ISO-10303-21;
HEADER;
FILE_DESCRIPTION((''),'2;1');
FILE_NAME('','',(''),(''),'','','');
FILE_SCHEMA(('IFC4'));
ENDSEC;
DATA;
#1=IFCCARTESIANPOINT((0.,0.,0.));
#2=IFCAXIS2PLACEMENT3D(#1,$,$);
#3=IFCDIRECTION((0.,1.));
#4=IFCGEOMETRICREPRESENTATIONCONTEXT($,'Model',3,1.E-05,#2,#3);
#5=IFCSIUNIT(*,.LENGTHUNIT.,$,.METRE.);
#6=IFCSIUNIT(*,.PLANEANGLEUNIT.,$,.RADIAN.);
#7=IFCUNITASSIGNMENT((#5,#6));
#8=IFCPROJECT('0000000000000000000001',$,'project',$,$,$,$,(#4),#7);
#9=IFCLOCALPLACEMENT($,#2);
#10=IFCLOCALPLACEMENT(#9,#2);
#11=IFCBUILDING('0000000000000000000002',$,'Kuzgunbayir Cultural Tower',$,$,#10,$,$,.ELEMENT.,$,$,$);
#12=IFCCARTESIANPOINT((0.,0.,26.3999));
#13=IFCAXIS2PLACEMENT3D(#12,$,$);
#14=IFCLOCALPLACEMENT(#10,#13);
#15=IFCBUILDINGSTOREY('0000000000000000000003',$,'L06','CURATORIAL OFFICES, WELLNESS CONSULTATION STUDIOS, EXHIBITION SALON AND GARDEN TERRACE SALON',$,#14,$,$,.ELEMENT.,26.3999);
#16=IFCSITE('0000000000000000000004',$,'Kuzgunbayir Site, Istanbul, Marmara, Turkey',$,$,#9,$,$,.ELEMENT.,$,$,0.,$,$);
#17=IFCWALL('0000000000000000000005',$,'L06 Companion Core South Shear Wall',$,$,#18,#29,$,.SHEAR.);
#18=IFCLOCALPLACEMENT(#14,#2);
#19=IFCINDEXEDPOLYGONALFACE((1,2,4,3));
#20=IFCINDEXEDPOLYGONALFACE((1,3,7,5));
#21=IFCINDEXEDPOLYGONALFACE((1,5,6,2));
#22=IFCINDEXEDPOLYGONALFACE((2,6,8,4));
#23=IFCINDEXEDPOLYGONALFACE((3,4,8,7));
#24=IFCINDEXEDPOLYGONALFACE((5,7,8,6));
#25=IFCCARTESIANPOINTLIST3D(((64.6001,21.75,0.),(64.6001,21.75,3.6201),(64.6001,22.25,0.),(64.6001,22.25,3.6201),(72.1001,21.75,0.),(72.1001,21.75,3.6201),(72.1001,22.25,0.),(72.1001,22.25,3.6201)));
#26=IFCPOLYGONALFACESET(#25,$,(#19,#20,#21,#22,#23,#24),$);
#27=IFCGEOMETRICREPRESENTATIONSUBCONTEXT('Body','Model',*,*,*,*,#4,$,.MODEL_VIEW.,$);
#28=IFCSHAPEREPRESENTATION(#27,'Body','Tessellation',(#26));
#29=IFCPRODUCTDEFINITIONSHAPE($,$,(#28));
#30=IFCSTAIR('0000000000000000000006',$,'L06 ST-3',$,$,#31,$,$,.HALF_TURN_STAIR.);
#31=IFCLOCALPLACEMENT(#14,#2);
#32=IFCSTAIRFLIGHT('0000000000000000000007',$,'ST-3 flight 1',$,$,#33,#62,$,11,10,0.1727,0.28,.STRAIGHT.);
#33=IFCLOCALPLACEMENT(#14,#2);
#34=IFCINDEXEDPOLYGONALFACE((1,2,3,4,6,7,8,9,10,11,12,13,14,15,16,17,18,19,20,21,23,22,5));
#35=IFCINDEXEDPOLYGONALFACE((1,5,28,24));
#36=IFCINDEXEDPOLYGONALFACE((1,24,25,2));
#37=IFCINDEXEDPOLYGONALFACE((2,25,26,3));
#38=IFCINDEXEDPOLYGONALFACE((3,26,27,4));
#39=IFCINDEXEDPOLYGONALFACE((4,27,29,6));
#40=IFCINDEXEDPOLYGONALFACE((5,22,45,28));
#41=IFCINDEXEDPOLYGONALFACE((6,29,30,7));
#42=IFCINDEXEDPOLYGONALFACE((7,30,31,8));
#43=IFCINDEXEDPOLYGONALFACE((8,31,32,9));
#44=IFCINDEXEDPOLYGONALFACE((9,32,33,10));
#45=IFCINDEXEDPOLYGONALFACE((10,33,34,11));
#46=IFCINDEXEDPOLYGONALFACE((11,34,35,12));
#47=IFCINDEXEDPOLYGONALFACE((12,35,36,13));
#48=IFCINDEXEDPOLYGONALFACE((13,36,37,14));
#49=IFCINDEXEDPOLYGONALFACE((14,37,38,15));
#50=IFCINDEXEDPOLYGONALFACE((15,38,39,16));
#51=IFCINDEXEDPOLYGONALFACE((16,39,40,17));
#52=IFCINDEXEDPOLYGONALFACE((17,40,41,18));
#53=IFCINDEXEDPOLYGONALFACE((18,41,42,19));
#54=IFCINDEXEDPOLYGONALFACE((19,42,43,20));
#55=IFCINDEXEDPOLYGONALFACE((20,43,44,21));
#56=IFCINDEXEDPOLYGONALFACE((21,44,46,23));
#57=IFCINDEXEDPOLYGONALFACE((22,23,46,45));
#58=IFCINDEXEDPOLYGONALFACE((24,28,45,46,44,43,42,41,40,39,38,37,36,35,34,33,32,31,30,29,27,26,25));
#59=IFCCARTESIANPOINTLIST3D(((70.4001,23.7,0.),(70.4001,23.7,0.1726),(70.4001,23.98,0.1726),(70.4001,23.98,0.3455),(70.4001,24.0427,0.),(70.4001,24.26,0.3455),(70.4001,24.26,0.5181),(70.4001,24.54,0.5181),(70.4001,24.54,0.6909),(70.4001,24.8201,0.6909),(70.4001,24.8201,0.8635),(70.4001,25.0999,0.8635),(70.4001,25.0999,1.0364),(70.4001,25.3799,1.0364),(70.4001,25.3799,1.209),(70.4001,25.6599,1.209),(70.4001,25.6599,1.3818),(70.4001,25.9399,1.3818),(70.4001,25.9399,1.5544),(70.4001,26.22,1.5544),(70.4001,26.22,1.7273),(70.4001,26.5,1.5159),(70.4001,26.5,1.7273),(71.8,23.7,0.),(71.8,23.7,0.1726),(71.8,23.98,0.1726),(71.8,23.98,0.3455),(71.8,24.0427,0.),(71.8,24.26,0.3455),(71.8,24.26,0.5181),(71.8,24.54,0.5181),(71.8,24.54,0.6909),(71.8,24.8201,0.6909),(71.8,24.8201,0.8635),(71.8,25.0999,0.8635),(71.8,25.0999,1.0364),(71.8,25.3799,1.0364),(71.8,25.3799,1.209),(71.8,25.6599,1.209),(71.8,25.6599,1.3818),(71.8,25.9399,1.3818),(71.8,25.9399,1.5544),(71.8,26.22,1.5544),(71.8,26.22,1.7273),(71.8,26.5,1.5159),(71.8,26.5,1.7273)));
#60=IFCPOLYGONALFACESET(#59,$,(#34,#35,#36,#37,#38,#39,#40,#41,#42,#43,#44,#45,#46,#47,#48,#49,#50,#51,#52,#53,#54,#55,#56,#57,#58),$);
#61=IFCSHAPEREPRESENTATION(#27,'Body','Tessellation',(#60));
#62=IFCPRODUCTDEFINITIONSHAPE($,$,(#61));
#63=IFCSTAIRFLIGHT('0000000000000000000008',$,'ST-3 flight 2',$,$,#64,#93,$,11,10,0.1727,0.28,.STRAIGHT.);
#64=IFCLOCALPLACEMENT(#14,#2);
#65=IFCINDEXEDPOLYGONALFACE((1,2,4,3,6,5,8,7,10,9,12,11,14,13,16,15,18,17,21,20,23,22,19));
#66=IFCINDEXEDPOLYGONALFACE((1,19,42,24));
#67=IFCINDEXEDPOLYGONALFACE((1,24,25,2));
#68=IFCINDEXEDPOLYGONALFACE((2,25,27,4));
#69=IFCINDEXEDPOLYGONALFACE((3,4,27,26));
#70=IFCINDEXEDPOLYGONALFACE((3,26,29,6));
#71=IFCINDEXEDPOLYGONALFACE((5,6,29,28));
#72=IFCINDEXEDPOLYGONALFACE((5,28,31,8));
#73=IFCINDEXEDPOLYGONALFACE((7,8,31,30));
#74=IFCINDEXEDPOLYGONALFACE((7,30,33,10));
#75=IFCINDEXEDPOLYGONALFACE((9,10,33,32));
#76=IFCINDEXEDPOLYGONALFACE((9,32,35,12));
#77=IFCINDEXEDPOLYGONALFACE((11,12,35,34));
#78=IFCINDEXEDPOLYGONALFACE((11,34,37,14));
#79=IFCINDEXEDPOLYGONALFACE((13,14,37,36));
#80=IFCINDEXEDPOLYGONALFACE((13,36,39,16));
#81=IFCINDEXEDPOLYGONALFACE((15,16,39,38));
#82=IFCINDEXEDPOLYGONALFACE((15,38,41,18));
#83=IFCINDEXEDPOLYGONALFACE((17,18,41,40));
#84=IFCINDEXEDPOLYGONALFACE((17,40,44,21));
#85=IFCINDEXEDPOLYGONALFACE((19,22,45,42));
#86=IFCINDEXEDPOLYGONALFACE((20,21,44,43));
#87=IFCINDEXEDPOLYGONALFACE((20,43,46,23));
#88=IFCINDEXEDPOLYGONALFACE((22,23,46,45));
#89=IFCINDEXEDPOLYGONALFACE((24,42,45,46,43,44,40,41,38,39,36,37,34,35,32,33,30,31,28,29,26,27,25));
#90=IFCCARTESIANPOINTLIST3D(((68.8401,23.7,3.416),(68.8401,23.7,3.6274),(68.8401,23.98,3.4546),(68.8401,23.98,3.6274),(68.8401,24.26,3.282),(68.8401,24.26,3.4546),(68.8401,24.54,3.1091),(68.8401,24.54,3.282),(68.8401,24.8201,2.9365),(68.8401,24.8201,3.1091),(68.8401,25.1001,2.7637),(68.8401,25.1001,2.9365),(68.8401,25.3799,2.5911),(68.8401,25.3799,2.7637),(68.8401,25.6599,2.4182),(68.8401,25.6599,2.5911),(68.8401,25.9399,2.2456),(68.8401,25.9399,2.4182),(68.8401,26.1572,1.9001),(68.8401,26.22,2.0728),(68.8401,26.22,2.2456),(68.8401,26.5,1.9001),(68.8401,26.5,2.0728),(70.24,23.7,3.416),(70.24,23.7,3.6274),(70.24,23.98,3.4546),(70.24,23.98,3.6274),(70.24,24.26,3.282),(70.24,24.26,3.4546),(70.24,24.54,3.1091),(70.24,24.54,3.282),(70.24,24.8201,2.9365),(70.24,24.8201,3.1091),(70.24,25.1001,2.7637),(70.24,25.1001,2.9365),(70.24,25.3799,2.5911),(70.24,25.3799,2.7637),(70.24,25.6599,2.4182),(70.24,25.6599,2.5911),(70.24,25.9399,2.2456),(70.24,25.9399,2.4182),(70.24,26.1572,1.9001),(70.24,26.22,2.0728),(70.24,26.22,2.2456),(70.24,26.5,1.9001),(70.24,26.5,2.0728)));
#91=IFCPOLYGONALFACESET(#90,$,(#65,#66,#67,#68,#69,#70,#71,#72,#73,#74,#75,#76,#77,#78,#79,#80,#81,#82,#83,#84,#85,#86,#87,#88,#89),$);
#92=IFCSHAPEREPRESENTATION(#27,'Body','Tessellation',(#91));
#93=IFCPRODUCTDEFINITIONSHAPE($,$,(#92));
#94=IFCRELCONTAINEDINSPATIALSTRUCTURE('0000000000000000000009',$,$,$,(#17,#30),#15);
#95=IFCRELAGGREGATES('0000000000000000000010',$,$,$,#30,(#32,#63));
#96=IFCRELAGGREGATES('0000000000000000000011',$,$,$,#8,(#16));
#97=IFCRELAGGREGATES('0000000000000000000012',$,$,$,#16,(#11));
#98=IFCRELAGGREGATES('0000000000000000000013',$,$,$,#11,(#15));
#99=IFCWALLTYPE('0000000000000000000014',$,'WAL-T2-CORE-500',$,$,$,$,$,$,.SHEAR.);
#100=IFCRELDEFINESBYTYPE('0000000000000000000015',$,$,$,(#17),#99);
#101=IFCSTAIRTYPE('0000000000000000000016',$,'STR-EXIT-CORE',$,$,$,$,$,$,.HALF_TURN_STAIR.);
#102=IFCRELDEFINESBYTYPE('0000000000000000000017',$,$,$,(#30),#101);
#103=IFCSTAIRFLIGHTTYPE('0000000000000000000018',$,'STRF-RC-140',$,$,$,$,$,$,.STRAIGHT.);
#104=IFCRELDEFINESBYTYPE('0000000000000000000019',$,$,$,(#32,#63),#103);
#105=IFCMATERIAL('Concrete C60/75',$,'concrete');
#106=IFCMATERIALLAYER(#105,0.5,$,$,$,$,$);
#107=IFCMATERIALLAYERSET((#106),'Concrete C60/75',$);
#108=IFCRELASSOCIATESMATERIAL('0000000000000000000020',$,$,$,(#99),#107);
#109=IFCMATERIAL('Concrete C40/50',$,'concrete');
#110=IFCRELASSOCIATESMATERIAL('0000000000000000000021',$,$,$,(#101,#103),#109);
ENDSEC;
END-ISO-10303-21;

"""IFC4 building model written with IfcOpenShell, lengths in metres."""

from ifc_helpers import new_model, si_unit, direction, frame, frame_2d, origin, place, context, subcontext, project, spatial, polyline, rectangle, outline, extrude, material, layer, layer_set, type_object, element, aggregate, save


model = new_model("IFC4")

# Units and contexts
model_context = context("Model", 3, precision=1e-05, world=origin(), true_north=direction((0.0, 1.0)))
body_context = subcontext(model_context, "Body", "Model", "MODEL_VIEW")
ifc_project = project(units=[si_unit("LENGTHUNIT", "METRE"), si_unit("PLANEANGLEUNIT", "RADIAN")], contexts=[model_context])

# Site, building, storey
site_placement = place(None, origin())
site = spatial("IfcSite", under=ifc_project, at=site_placement, Name="Kuzgunbayir Site, Istanbul, Marmara, Turkey", CompositionType="ELEMENT", RefElevation=0.0)
building_placement = place(site_placement, origin())
building = spatial("IfcBuilding", under=site, at=building_placement, Name="Kuzgunbayir Cultural Tower", CompositionType="ELEMENT")
storey_placement = place(building_placement, frame((0.0, 0.0, 26.3999)))
storey = spatial("IfcBuildingStorey", under=building, at=storey_placement, Name="L06", Description="CURATORIAL OFFICES, WELLNESS CONSULTATION STUDIOS, EXHIBITION SALON AND GARDEN TERRACE SALON", CompositionType="ELEMENT", Elevation=26.3999)

# Shared definitions
ifc_material_1 = material(Name="Concrete C60/75", Category="concrete")

# Shared definitions
ifc_material_2 = material(Name="Concrete C40/50", Category="concrete")

# Wall
ifc_layer_1 = layer(ifc_material_1, 0.5)
ifc_layer_set_1 = layer_set([ifc_layer_1], Name="Concrete C60/75")
wall_type_1 = type_object("IfcWallType", Name="WAL-T2-CORE-500", PredefinedType="SHEAR", material=ifc_layer_set_1)
wall_1_placement = place(storey_placement, frame((64.6001, 22.0, 0.0), z_axis=(0.0, 0.0, 1.0), x_axis=(1.0, 0.0, 0.0)))
element("IfcWall", 1, at=wall_1_placement, inside=storey, type_object=wall_type_1, Name="L06 Companion Core South Shear Wall", PredefinedType="SHEAR", context=body_context, shape_type="SweptSolid", body=[
    extrude(rectangle(XDim=7.5, YDim=0.5, at=frame_2d((3.75, 0.0))), origin(), (0.0, 0.0, 1.0), 3.6201),
])

# Stair, stair flights
stair_type = type_object("IfcStairType", Name="STR-EXIT-CORE", PredefinedType="HALF_TURN_STAIR", material=ifc_material_2)
stair_placement = place(storey_placement, origin())
stair = element("IfcStair", 2, at=stair_placement, inside=storey, type_object=stair_type, Name="L06 ST-3", PredefinedType="HALF_TURN_STAIR")
stair_flight_type = type_object("IfcStairFlightType", Name="STRF-RC-140", PredefinedType="STRAIGHT", material=ifc_material_2)
stair_flight_1_placement = place(storey_placement, frame((71.1001, 23.7, 0.0), z_axis=(0.0, 0.0, 1.0), x_axis=(0.0, 1.0, 0.0)))
stair_flight_1 = element("IfcStairFlight", 3, at=stair_flight_1_placement, type_object=stair_flight_type, Name="ST-3 flight 1", NumberOfRisers=11, NumberOfTreads=10, PredefinedType="STRAIGHT", RiserHeight=0.1727, TreadLength=0.28, context=body_context, shape_type="SweptSolid", body=[
    extrude(outline(polyline([(0.0, 0.0), (0.0, 0.1726), (0.28, 0.1726), (0.28, 0.3455), (0.5601, 0.3455), (0.5601, 0.5181), (0.8401, 0.5181), (0.8401, 0.6909), (1.1201, 0.6909), (1.1201, 0.8635), (1.3999, 0.8635), (1.3999, 1.0364), (1.6799, 1.0364), (1.6799, 1.209), (1.96, 1.209), (1.96, 1.3818), (2.24, 1.3818), (2.24, 1.5544), (2.52, 1.5544), (2.52, 1.7273), (2.8, 1.7273), (2.8, 1.8999), (2.8, 1.5159), (0.3428, 0.0), (0.0, 0.0)])), frame((0.0, 0.7, 0.0), z_axis=(0.0, -1.0, 0.0), x_axis=(1.0, 0.0, 0.0)), (0.0, 0.0, 1.0), 1.3999),
])
stair_flight_2_placement = place(storey_placement, frame((69.54, 26.5, 1.9001), z_axis=(0.0, 0.0, 1.0), x_axis=(0.0, -1.0, 0.0)))
stair_flight_2 = element("IfcStairFlight", 4, at=stair_flight_2_placement, type_object=stair_flight_type, Name="ST-3 flight 2", NumberOfRisers=11, NumberOfTreads=10, PredefinedType="STRAIGHT", RiserHeight=0.1727, TreadLength=0.28, context=body_context, shape_type="SweptSolid", body=[
    extrude(outline(polyline([(0.0, 0.0), (0.0, 0.1726), (0.28, 0.1726), (0.28, 0.3455), (0.5601, 0.3455), (0.5601, 0.5181), (0.8401, 0.5181), (0.8401, 0.6909), (1.1201, 0.6909), (1.1201, 0.8635), (1.3999, 0.8635), (1.3999, 1.0364), (1.6799, 1.0364), (1.6799, 1.209), (1.96, 1.209), (1.96, 1.3818), (2.24, 1.3818), (2.24, 1.5544), (2.52, 1.5544), (2.52, 1.7273), (2.8, 1.7273), (2.8, 1.8999), (2.8, 1.5159), (0.3428, 0.0), (0.0, 0.0)])), frame((0.0, 0.7, 0.0), z_axis=(0.0, -1.0, 0.0), x_axis=(1.0, 0.0, 0.0)), (0.0, 0.0, 1.0), 1.3999),
])
aggregate(stair, [stair_flight_1, stair_flight_2])

save(model, "model.ifc")
